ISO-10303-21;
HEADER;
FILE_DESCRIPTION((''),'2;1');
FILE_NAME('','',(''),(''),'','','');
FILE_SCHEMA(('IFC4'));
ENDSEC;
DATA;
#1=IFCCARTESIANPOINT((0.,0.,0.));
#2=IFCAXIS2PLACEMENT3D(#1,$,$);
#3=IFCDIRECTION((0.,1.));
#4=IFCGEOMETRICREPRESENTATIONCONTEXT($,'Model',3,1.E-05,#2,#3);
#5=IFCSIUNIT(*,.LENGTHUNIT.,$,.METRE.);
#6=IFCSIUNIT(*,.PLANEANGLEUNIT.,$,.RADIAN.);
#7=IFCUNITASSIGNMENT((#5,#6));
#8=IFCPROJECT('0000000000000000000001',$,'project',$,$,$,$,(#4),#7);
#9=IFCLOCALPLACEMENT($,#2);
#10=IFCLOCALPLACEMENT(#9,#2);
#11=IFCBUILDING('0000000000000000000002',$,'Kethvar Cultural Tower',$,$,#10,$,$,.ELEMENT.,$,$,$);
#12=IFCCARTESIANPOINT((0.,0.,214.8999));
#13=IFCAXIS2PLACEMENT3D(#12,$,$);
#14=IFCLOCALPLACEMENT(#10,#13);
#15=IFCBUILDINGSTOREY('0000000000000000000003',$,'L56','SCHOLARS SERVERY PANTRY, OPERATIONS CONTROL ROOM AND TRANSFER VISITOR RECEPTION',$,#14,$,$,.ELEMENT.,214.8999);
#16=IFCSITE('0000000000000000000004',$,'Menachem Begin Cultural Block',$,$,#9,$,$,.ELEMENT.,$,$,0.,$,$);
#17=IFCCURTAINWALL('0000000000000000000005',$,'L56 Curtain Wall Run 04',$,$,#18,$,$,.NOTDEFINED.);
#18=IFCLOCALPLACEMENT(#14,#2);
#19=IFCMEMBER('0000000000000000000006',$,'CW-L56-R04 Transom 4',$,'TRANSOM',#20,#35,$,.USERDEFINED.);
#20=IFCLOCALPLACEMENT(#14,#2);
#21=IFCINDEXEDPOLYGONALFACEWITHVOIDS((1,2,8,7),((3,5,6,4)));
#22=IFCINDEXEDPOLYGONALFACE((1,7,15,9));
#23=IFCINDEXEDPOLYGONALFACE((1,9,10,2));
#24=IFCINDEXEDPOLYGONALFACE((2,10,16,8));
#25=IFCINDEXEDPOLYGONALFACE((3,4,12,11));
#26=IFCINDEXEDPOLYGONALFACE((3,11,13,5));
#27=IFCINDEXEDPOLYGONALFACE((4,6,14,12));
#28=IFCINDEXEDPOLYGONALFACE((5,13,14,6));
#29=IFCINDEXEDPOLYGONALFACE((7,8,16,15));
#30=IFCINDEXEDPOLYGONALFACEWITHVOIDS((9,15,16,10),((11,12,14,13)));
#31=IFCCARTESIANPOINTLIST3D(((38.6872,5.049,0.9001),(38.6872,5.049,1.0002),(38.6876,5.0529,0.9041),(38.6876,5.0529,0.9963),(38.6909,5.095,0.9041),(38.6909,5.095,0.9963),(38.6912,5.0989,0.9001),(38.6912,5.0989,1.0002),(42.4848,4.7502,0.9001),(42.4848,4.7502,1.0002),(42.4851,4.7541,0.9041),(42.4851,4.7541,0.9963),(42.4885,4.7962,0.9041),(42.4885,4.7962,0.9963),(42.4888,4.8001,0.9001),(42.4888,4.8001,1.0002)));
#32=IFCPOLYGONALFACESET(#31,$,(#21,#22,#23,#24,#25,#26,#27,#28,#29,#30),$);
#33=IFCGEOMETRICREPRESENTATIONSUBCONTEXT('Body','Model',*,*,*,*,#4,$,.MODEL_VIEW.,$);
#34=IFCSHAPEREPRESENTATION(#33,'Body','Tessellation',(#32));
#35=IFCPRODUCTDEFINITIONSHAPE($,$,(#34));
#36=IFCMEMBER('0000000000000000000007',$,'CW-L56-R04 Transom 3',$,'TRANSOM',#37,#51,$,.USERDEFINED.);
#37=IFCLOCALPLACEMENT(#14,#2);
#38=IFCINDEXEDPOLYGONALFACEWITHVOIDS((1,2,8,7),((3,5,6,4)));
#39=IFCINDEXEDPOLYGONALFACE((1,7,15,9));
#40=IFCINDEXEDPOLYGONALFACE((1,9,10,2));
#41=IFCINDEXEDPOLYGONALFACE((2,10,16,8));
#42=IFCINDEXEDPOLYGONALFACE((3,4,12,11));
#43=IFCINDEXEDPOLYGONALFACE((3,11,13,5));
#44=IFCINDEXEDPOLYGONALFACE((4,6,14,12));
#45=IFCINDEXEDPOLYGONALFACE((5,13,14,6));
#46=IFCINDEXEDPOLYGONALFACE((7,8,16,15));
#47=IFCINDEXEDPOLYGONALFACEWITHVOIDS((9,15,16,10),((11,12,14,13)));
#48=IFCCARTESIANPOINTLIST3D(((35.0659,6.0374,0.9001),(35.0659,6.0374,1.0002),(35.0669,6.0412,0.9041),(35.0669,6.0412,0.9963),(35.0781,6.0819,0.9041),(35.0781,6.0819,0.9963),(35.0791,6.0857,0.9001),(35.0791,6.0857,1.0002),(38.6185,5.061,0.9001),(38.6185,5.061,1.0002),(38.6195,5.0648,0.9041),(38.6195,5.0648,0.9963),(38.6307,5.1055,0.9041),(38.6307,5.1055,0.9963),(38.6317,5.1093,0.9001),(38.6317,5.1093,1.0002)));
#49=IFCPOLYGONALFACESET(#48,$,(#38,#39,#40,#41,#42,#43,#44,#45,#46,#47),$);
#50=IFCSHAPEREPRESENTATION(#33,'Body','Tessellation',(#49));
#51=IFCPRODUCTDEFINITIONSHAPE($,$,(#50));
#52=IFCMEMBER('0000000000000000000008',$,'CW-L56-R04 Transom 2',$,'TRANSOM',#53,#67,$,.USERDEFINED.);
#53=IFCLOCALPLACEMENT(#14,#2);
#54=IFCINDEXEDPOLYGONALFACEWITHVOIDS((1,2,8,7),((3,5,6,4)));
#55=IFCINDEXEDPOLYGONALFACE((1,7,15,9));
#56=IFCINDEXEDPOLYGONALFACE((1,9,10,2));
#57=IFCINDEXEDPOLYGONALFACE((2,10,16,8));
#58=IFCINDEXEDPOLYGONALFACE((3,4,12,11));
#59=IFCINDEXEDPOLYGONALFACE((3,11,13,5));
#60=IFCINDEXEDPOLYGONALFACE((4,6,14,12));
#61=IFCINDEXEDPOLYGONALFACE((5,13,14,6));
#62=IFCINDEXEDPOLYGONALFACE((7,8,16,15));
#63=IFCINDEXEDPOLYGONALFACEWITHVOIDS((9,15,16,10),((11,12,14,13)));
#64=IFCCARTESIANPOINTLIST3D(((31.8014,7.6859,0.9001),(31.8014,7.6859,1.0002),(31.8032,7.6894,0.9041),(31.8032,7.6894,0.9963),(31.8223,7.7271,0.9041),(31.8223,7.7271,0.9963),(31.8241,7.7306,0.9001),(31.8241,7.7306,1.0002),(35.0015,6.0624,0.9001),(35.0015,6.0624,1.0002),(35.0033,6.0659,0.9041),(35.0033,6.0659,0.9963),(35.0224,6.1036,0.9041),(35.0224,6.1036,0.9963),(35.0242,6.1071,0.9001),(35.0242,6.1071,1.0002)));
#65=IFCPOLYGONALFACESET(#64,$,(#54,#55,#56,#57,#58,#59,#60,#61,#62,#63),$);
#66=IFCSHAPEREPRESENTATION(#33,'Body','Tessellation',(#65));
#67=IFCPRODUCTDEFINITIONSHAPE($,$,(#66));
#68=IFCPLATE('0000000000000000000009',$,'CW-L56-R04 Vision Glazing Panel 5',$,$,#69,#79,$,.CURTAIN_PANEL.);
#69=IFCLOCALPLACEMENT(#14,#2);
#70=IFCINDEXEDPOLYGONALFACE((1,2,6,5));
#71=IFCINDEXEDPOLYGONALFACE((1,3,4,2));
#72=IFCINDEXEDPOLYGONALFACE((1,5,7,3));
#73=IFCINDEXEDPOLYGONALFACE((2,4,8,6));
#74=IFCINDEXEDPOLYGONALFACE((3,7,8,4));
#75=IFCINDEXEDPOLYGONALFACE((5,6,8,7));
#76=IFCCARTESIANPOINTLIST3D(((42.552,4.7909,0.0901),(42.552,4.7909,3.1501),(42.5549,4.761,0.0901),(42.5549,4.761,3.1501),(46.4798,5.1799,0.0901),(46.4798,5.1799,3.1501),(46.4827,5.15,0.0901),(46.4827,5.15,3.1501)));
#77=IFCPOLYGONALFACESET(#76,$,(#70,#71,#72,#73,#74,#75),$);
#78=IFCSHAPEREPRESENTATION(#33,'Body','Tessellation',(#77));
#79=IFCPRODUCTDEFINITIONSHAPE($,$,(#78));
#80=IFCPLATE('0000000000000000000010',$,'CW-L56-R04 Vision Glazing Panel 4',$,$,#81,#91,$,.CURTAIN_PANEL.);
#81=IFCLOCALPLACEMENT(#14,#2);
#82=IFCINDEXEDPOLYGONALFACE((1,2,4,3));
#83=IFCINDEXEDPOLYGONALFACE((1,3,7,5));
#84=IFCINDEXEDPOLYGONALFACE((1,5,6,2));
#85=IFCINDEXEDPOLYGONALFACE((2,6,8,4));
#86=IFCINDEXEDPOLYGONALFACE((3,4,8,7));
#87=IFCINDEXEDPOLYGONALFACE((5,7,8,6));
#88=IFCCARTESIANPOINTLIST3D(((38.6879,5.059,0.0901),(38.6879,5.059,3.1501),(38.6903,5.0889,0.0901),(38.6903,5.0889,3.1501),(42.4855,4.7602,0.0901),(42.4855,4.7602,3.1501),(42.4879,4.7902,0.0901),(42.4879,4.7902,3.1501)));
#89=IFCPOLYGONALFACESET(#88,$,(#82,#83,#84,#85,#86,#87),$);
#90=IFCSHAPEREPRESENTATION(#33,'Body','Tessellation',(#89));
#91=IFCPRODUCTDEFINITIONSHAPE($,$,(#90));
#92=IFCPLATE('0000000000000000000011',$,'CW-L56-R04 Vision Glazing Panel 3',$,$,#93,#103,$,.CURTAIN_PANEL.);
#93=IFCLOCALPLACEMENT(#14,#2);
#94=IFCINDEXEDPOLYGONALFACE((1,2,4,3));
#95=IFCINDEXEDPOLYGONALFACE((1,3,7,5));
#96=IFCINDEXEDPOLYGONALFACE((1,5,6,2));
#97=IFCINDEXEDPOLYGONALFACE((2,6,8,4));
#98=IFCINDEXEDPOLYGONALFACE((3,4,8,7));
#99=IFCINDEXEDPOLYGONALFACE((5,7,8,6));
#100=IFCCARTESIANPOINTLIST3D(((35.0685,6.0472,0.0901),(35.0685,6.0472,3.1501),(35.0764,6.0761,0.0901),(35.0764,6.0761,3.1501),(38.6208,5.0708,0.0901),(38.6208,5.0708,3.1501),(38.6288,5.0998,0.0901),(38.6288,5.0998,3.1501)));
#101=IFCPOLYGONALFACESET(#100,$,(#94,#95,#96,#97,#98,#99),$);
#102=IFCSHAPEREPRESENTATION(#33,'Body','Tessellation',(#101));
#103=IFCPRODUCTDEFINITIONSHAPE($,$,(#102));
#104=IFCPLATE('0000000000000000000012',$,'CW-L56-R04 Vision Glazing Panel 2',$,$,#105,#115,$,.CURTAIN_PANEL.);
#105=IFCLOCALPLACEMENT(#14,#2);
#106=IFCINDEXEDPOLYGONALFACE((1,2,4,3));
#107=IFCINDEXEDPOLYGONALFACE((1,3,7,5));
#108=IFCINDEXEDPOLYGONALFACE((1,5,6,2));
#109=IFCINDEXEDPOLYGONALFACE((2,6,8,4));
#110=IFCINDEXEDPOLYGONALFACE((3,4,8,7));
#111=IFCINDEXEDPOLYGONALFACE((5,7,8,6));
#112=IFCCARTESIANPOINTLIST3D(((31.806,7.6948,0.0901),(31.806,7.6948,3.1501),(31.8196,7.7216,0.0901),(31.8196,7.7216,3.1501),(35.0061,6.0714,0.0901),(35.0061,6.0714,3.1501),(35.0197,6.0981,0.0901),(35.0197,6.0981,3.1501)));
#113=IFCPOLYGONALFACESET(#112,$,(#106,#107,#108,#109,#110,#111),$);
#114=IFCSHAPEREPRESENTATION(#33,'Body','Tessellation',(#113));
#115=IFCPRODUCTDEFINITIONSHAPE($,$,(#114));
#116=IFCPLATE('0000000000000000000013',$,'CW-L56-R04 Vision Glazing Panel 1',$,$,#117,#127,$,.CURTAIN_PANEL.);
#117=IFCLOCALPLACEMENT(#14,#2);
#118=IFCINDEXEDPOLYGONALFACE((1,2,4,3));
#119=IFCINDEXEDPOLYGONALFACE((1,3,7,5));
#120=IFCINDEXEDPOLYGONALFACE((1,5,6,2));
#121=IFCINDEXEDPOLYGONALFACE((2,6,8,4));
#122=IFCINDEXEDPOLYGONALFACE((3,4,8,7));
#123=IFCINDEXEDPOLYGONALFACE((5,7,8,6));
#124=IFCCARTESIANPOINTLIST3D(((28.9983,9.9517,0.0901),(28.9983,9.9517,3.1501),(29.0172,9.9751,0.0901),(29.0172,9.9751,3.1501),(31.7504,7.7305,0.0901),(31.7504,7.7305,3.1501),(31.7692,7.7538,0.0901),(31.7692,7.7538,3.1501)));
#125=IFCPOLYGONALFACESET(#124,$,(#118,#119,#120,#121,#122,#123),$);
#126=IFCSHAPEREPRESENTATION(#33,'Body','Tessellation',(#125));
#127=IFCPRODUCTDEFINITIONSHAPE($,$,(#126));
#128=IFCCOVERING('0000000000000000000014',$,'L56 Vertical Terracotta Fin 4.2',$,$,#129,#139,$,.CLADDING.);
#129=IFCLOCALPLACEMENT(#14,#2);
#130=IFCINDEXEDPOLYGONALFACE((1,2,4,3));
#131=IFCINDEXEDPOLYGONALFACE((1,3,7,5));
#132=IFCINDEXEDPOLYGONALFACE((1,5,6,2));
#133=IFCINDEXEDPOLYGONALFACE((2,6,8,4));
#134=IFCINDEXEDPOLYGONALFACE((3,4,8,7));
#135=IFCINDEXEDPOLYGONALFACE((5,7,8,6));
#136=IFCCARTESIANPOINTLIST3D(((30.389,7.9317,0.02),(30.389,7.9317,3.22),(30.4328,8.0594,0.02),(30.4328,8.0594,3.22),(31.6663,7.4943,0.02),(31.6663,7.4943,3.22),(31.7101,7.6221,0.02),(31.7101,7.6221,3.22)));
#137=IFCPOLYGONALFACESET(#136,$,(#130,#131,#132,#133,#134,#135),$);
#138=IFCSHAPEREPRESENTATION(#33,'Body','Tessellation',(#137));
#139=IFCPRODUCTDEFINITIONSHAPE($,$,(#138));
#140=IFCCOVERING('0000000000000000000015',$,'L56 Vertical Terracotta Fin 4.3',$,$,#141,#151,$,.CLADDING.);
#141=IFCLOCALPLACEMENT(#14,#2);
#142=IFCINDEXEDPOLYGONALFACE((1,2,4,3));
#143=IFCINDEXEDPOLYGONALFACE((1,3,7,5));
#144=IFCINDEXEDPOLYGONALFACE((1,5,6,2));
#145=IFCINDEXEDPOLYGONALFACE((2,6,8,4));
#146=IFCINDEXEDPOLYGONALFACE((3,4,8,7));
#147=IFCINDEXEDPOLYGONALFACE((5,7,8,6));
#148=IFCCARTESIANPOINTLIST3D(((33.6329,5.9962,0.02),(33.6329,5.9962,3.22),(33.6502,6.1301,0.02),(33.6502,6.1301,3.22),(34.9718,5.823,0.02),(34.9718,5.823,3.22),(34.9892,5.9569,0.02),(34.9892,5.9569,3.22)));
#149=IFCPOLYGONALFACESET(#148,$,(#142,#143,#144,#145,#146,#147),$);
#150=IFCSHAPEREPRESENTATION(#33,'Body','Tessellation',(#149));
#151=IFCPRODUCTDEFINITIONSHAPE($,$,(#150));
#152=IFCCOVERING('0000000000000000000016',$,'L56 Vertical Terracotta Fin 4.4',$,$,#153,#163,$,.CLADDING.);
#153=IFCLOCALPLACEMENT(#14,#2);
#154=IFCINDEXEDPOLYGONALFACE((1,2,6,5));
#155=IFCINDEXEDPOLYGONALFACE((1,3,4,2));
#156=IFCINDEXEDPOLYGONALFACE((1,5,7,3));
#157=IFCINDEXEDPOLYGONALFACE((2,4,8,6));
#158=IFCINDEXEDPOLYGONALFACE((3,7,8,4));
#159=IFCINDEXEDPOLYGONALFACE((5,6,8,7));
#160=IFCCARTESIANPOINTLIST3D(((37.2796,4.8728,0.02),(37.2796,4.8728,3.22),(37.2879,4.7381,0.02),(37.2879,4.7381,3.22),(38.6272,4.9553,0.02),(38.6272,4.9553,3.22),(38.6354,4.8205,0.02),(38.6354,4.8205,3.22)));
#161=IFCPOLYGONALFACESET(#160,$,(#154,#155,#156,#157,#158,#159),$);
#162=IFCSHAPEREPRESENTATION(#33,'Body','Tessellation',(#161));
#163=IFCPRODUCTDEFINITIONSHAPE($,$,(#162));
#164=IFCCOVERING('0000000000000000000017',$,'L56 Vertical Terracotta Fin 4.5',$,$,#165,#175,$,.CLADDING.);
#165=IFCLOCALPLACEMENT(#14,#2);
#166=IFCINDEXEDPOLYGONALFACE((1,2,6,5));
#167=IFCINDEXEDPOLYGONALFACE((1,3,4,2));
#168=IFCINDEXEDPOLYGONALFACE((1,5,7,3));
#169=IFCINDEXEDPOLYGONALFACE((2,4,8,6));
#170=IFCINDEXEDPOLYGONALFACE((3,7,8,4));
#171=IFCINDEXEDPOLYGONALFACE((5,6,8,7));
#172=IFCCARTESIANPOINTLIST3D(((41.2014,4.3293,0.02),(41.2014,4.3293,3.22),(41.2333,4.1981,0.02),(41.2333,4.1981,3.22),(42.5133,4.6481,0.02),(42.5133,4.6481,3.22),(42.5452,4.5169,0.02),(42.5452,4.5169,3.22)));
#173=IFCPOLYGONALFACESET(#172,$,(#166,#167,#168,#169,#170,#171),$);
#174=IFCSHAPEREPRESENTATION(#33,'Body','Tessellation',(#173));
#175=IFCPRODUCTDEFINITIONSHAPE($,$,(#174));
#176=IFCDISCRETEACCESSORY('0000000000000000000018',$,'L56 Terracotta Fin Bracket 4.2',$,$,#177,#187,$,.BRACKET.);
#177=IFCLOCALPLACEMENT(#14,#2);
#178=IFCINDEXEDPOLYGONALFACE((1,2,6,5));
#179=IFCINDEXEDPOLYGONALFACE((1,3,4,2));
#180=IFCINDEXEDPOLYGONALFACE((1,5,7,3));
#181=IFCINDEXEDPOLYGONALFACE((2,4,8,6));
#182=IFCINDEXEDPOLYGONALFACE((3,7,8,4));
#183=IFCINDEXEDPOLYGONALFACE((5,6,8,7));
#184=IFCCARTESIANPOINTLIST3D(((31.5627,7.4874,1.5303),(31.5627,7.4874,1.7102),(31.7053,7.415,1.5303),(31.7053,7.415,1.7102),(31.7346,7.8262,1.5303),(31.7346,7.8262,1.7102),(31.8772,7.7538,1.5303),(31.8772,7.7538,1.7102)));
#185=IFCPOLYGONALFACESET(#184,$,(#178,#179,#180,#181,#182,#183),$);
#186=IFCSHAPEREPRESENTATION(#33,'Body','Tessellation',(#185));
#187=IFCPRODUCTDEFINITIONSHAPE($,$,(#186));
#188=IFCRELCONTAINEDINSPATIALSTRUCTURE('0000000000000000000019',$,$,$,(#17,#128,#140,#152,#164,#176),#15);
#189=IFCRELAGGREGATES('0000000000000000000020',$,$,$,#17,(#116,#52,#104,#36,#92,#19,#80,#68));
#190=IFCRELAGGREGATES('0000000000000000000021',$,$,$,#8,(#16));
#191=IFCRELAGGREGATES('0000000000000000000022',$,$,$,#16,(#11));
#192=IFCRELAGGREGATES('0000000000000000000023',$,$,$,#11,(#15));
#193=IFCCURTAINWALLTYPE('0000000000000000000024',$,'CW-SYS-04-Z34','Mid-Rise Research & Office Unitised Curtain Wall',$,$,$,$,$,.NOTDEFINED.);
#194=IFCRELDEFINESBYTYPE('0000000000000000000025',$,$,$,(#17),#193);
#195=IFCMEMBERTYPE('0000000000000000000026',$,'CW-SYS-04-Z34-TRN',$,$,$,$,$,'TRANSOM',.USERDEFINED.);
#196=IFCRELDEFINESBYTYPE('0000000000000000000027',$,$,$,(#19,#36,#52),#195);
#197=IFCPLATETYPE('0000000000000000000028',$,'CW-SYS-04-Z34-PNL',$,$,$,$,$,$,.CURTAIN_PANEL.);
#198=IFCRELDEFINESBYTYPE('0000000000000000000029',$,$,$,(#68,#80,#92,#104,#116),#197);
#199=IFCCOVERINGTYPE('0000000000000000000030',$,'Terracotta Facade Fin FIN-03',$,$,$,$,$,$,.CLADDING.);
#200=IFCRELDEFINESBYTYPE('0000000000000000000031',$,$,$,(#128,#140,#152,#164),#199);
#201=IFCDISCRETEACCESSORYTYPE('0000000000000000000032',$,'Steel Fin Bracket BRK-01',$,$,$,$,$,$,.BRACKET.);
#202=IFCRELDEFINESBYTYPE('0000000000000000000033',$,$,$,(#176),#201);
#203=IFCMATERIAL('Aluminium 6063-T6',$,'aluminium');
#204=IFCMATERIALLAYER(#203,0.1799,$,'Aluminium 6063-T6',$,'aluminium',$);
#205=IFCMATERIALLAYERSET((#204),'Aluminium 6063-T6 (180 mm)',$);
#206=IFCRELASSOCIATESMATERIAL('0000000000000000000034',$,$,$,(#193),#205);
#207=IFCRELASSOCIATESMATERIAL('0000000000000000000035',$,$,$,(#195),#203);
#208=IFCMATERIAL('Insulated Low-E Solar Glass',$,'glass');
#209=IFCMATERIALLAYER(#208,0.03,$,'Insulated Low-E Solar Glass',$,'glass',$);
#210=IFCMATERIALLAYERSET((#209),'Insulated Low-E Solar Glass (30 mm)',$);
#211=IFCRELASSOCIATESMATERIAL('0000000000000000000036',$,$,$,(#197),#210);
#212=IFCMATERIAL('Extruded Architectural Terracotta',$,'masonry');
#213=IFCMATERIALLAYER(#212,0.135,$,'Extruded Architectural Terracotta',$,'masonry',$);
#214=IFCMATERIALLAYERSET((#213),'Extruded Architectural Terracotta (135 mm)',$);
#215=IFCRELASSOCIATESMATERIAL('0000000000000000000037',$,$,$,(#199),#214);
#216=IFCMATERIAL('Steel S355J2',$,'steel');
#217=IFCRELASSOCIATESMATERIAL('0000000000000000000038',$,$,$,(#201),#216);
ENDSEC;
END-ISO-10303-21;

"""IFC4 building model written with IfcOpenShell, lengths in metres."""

from ifc_helpers import new_model, si_unit, direction, frame, origin, origin_2d, place, context, subcontext, project, spatial, rectangle, hollow_rectangle, extrude, source, transform, mapped, material, layer, layer_set, material_profile, profile_set, type_object, element, aggregate, save


model = new_model("IFC4")

# Units and contexts
model_context = context("Model", 3, precision=1e-05, world=origin(), true_north=direction((0.0, 1.0)))
body_context = subcontext(model_context, "Body", "Model", "MODEL_VIEW")
ifc_project = project(units=[si_unit("LENGTHUNIT", "METRE"), si_unit("PLANEANGLEUNIT", "RADIAN")], contexts=[model_context])

# Site, building, storey
site_placement = place(None, origin())
site = spatial("IfcSite", under=ifc_project, at=site_placement, Name="Menachem Begin Cultural Block", CompositionType="ELEMENT", RefElevation=0.0)
building_placement = place(site_placement, origin())
building = spatial("IfcBuilding", under=site, at=building_placement, Name="Kethvar Cultural Tower", CompositionType="ELEMENT")
storey_placement = place(building_placement, frame((0.0, 0.0, 214.8999)))
storey = spatial("IfcBuildingStorey", under=building, at=storey_placement, Name="L56", Description="SCHOLARS SERVERY PANTRY, OPERATIONS CONTROL ROOM AND TRANSFER VISITOR RECEPTION", CompositionType="ELEMENT", Elevation=214.8999)

# Shared definitions
ifc_material_1 = material(Name="Steel S355J2", Category="steel")

# Curtain wall, members, plates
ifc_material_2 = material(Name="Aluminium 6063-T6", Category="aluminium")
ifc_layer_1 = layer(ifc_material_2, 0.1799, Name="Aluminium 6063-T6", Category="aluminium")
ifc_layer_set_1 = layer_set([ifc_layer_1], Name="Aluminium 6063-T6 (180 mm)")
curtain_wall_type = type_object("IfcCurtainWallType", Name="CW-SYS-04-Z34", Description="Mid-Rise Research & Office Unitised Curtain Wall", PredefinedType="NOTDEFINED", material=ifc_layer_set_1)
curtain_wall_placement = place(storey_placement, origin())
curtain_wall = element("IfcCurtainWall", 1, at=curtain_wall_placement, inside=storey, type_object=curtain_wall_type, Name="L56 Curtain Wall Run 04", PredefinedType="NOTDEFINED")
ifc_material_profile_1 = material_profile(ifc_material_2, hollow_rectangle(XDim=0.05, YDim=0.1001, WallThickness=0.0039, at=origin_2d()), Name="Aluminium 6063-T6 — RHS100x50x4")
ifc_profile_set_1 = profile_set([ifc_material_profile_1], Name="Aluminium 6063-T6 — RHS100x50x4")
member_type_1 = type_object("IfcMemberType", Name="CW-SYS-04-Z34-TRN", ElementType="TRANSOM", PredefinedType="USERDEFINED", material=ifc_profile_set_1)
shared_shape_1 = source(origin(), body_context, "Body", "SweptSolid", [
    extrude(hollow_rectangle(XDim=0.05, YDim=0.1001, WallThickness=0.0039, at=origin_2d()), origin(), (0.0, 0.0, 1.0), 3.8093),
])
member_1_placement = place(storey_placement, frame((38.6892, 5.074, 0.9502), z_axis=(0.996918, -0.078446, 0.0), x_axis=(0.078446, 0.996918, 0.0)))
member_1 = element("IfcMember", 2, at=member_1_placement, type_object=member_type_1, Name="CW-L56-R04 Transom 4", ObjectType="TRANSOM", PredefinedType="USERDEFINED", context=body_context, shape_type="MappedRepresentation", body=[
    mapped(shared_shape_1, transform((0.0, 0.0, 0.0), scale=1.0)),
])
shared_shape_2 = source(origin(), body_context, "Body", "SweptSolid", [
    extrude(hollow_rectangle(XDim=0.05, YDim=0.1001, WallThickness=0.0039, at=origin_2d()), origin(), (0.0, 0.0, 1.0), 3.6843),
])
member_2_placement = place(storey_placement, frame((35.0725, 6.0615, 0.9502), z_axis=(0.964248, -0.265001, 0.0), x_axis=(0.265001, 0.964248, 0.0)))
member_2 = element("IfcMember", 3, at=member_2_placement, type_object=member_type_1, Name="CW-L56-R04 Transom 3", ObjectType="TRANSOM", PredefinedType="USERDEFINED", context=body_context, shape_type="MappedRepresentation", body=[
    mapped(shared_shape_2, transform((0.0, 0.0, 0.0), scale=1.0)),
])
shared_shape_3 = source(origin(), body_context, "Body", "SweptSolid", [
    extrude(hollow_rectangle(XDim=0.05, YDim=0.1001, WallThickness=0.0039, at=origin_2d()), origin(), (0.0, 0.0, 1.0), 3.5884),
])
member_3_placement = place(storey_placement, frame((31.8127, 7.7083, 0.9502), z_axis=(0.891799, -0.452431, 0.0), x_axis=(0.452431, 0.891799, 0.0)))
member_3 = element("IfcMember", 4, at=member_3_placement, type_object=member_type_1, Name="CW-L56-R04 Transom 2", ObjectType="TRANSOM", PredefinedType="USERDEFINED", context=body_context, shape_type="MappedRepresentation", body=[
    mapped(shared_shape_3, transform((0.0, 0.0, 0.0), scale=1.0)),
])
ifc_material_3 = material(Name="Insulated Low-E Solar Glass", Category="glass")
ifc_layer_2 = layer(ifc_material_3, 0.03, Name="Insulated Low-E Solar Glass", Category="glass")
ifc_layer_set_2 = layer_set([ifc_layer_2], Name="Insulated Low-E Solar Glass (30 mm)")
plate_type = type_object("IfcPlateType", Name="CW-SYS-04-Z34-PNL", PredefinedType="CURTAIN_PANEL", material=ifc_layer_set_2)
shared_shape_4 = source(origin(), body_context, "Body", "SweptSolid", [
    extrude(rectangle(XDim=3.947, YDim=0.03, at=origin_2d()), origin(), (0.0, 0.0, 1.0), 3.0601),
])
plate_1_placement = place(storey_placement, frame((44.5173, 4.9705, 0.0901), z_axis=(0.0, 0.0, 1.0), x_axis=(0.995132, 0.098556, 0.0)))
plate_1 = element("IfcPlate", 5, at=plate_1_placement, type_object=plate_type, Name="CW-L56-R04 Vision Glazing Panel 5", PredefinedType="CURTAIN_PANEL", context=body_context, shape_type="MappedRepresentation", body=[
    mapped(shared_shape_4, transform((0.0, 0.0, 0.0), scale=1.0)),
])
shared_shape_5 = source(origin(), body_context, "Body", "SweptSolid", [
    extrude(rectangle(XDim=3.8093, YDim=0.03, at=origin_2d()), origin(), (0.0, 0.0, 1.0), 3.0601),
])
plate_2_placement = place(storey_placement, frame((40.5879, 4.9246, 0.0901), z_axis=(0.0, 0.0, 1.0), x_axis=(0.99692, -0.078424, 0.0)))
plate_2 = element("IfcPlate", 6, at=plate_2_placement, type_object=plate_type, Name="CW-L56-R04 Vision Glazing Panel 4", PredefinedType="CURTAIN_PANEL", context=body_context, shape_type="MappedRepresentation", body=[
    mapped(shared_shape_5, transform((0.0, 0.0, 0.0), scale=1.0)),
])
shared_shape_6 = source(origin(), body_context, "Body", "SweptSolid", [
    extrude(rectangle(XDim=3.6841, YDim=0.03, at=origin_2d()), origin(), (0.0, 0.0, 1.0), 3.0601),
])
plate_3_placement = place(storey_placement, frame((36.8486, 5.5735, 0.0901), z_axis=(0.0, 0.0, 1.0), x_axis=(0.964244, -0.265018, 0.0)))
plate_3 = element("IfcPlate", 7, at=plate_3_placement, type_object=plate_type, Name="CW-L56-R04 Vision Glazing Panel 3", PredefinedType="CURTAIN_PANEL", context=body_context, shape_type="MappedRepresentation", body=[
    mapped(shared_shape_6, transform((0.0, 0.0, 0.0), scale=1.0)),
])
shared_shape_7 = source(origin(), body_context, "Body", "SweptSolid", [
    extrude(rectangle(XDim=3.5884, YDim=0.03, at=origin_2d()), origin(), (0.0, 0.0, 1.0), 3.0601),
])
plate_4_placement = place(storey_placement, frame((33.4128, 6.8965, 0.0901), z_axis=(0.0, 0.0, 1.0), x_axis=(0.891805, -0.452419, 0.0)))
plate_4 = element("IfcPlate", 8, at=plate_4_placement, type_object=plate_type, Name="CW-L56-R04 Vision Glazing Panel 2", PredefinedType="CURTAIN_PANEL", context=body_context, shape_type="MappedRepresentation", body=[
    mapped(shared_shape_7, transform((0.0, 0.0, 0.0), scale=1.0)),
])
shared_shape_8 = source(origin(), body_context, "Body", "SweptSolid", [
    extrude(rectangle(XDim=3.5366, YDim=0.03, at=origin_2d()), origin(), (0.0, 0.0, 1.0), 3.0601),
])
plate_5_placement = place(storey_placement, frame((30.3838, 8.8528, 0.0901), z_axis=(0.0, 0.0, 1.0), x_axis=(0.778155, -0.628072, 0.0)))
plate_5 = element("IfcPlate", 9, at=plate_5_placement, type_object=plate_type, Name="CW-L56-R04 Vision Glazing Panel 1", PredefinedType="CURTAIN_PANEL", context=body_context, shape_type="MappedRepresentation", body=[
    mapped(shared_shape_8, transform((0.0, 0.0, 0.0), scale=1.0)),
])
aggregate(curtain_wall, [plate_5, member_3, plate_4, member_2, plate_3, member_1, plate_2, plate_1])

# Coverings
ifc_material_4 = material(Name="Extruded Architectural Terracotta", Category="masonry")
ifc_layer_3 = layer(ifc_material_4, 0.135, Name="Extruded Architectural Terracotta", Category="masonry")
ifc_layer_set_3 = layer_set([ifc_layer_3], Name="Extruded Architectural Terracotta (135 mm)")
covering_type = type_object("IfcCoveringType", Name="Terracotta Facade Fin FIN-03", PredefinedType="CLADDING", material=ifc_layer_set_3)
shared_shape_9 = source(origin(), body_context, "Body", "SweptSolid", [
    extrude(rectangle(XDim=1.3501, YDim=0.135, at=origin_2d()), origin(), (0.0, 0.0, 1.0), 3.2),
])
for number, where, z_axis, x_axis, name in (
    (10, (31.0496, 7.7769, 0.02), (0.0, 0.0, 1.0), (-0.946085, 0.323917, 0.0), "L56 Vertical Terracotta Fin 4.2"),
    (11, (34.311, 5.9766, 0.02), (0.0, 0.0, 1.0), (-0.991738, 0.128276, 0.0), "L56 Vertical Terracotta Fin 4.3"),
    (12, (37.9575, 4.8467, 0.02), (0.0, 0.0, 1.0), (-0.998135, -0.061049, 0.0), "L56 Vertical Terracotta Fin 4.4"),
    (13, (41.8733, 4.4231, 0.02), (0.0, 0.0, 1.0), (-0.971714, -0.23616, 0.0), "L56 Vertical Terracotta Fin 4.5"),
):
    element("IfcCovering", number, at=place(storey_placement, frame(where, z_axis=z_axis, x_axis=x_axis)), inside=storey, type_object=covering_type, Name=name, PredefinedType="CLADDING", context=body_context, shape_type="MappedRepresentation", body=[
        mapped(shared_shape_9, transform((0.0, 0.0, 0.0), scale=1.0)),
    ])

# Discrete accessory
discrete_accessory_type = type_object("IfcDiscreteAccessoryType", Name="Steel Fin Bracket BRK-01", PredefinedType="BRACKET", material=ifc_material_1)
shared_shape_10 = source(origin(), body_context, "Body", "SweptSolid", [
    extrude(rectangle(XDim=0.3799, YDim=0.1599, at=origin_2d()), origin(), (0.0, 0.0, 1.0), 0.1799),
])
for number, where, z_axis, x_axis, name in (
    (14, (31.72, 7.6206, 1.5303), (0.0, 0.0, 1.0), (-0.452435, -0.891798, 0.0), "L56 Terracotta Fin Bracket 4.2"),
):
    element("IfcDiscreteAccessory", number, at=place(storey_placement, frame(where, z_axis=z_axis, x_axis=x_axis)), inside=storey, type_object=discrete_accessory_type, Name=name, PredefinedType="BRACKET", context=body_context, shape_type="MappedRepresentation", body=[
        mapped(shared_shape_10, transform((0.0, 0.0, 0.0), scale=1.0)),
    ])

save(model, "model.ifc")
